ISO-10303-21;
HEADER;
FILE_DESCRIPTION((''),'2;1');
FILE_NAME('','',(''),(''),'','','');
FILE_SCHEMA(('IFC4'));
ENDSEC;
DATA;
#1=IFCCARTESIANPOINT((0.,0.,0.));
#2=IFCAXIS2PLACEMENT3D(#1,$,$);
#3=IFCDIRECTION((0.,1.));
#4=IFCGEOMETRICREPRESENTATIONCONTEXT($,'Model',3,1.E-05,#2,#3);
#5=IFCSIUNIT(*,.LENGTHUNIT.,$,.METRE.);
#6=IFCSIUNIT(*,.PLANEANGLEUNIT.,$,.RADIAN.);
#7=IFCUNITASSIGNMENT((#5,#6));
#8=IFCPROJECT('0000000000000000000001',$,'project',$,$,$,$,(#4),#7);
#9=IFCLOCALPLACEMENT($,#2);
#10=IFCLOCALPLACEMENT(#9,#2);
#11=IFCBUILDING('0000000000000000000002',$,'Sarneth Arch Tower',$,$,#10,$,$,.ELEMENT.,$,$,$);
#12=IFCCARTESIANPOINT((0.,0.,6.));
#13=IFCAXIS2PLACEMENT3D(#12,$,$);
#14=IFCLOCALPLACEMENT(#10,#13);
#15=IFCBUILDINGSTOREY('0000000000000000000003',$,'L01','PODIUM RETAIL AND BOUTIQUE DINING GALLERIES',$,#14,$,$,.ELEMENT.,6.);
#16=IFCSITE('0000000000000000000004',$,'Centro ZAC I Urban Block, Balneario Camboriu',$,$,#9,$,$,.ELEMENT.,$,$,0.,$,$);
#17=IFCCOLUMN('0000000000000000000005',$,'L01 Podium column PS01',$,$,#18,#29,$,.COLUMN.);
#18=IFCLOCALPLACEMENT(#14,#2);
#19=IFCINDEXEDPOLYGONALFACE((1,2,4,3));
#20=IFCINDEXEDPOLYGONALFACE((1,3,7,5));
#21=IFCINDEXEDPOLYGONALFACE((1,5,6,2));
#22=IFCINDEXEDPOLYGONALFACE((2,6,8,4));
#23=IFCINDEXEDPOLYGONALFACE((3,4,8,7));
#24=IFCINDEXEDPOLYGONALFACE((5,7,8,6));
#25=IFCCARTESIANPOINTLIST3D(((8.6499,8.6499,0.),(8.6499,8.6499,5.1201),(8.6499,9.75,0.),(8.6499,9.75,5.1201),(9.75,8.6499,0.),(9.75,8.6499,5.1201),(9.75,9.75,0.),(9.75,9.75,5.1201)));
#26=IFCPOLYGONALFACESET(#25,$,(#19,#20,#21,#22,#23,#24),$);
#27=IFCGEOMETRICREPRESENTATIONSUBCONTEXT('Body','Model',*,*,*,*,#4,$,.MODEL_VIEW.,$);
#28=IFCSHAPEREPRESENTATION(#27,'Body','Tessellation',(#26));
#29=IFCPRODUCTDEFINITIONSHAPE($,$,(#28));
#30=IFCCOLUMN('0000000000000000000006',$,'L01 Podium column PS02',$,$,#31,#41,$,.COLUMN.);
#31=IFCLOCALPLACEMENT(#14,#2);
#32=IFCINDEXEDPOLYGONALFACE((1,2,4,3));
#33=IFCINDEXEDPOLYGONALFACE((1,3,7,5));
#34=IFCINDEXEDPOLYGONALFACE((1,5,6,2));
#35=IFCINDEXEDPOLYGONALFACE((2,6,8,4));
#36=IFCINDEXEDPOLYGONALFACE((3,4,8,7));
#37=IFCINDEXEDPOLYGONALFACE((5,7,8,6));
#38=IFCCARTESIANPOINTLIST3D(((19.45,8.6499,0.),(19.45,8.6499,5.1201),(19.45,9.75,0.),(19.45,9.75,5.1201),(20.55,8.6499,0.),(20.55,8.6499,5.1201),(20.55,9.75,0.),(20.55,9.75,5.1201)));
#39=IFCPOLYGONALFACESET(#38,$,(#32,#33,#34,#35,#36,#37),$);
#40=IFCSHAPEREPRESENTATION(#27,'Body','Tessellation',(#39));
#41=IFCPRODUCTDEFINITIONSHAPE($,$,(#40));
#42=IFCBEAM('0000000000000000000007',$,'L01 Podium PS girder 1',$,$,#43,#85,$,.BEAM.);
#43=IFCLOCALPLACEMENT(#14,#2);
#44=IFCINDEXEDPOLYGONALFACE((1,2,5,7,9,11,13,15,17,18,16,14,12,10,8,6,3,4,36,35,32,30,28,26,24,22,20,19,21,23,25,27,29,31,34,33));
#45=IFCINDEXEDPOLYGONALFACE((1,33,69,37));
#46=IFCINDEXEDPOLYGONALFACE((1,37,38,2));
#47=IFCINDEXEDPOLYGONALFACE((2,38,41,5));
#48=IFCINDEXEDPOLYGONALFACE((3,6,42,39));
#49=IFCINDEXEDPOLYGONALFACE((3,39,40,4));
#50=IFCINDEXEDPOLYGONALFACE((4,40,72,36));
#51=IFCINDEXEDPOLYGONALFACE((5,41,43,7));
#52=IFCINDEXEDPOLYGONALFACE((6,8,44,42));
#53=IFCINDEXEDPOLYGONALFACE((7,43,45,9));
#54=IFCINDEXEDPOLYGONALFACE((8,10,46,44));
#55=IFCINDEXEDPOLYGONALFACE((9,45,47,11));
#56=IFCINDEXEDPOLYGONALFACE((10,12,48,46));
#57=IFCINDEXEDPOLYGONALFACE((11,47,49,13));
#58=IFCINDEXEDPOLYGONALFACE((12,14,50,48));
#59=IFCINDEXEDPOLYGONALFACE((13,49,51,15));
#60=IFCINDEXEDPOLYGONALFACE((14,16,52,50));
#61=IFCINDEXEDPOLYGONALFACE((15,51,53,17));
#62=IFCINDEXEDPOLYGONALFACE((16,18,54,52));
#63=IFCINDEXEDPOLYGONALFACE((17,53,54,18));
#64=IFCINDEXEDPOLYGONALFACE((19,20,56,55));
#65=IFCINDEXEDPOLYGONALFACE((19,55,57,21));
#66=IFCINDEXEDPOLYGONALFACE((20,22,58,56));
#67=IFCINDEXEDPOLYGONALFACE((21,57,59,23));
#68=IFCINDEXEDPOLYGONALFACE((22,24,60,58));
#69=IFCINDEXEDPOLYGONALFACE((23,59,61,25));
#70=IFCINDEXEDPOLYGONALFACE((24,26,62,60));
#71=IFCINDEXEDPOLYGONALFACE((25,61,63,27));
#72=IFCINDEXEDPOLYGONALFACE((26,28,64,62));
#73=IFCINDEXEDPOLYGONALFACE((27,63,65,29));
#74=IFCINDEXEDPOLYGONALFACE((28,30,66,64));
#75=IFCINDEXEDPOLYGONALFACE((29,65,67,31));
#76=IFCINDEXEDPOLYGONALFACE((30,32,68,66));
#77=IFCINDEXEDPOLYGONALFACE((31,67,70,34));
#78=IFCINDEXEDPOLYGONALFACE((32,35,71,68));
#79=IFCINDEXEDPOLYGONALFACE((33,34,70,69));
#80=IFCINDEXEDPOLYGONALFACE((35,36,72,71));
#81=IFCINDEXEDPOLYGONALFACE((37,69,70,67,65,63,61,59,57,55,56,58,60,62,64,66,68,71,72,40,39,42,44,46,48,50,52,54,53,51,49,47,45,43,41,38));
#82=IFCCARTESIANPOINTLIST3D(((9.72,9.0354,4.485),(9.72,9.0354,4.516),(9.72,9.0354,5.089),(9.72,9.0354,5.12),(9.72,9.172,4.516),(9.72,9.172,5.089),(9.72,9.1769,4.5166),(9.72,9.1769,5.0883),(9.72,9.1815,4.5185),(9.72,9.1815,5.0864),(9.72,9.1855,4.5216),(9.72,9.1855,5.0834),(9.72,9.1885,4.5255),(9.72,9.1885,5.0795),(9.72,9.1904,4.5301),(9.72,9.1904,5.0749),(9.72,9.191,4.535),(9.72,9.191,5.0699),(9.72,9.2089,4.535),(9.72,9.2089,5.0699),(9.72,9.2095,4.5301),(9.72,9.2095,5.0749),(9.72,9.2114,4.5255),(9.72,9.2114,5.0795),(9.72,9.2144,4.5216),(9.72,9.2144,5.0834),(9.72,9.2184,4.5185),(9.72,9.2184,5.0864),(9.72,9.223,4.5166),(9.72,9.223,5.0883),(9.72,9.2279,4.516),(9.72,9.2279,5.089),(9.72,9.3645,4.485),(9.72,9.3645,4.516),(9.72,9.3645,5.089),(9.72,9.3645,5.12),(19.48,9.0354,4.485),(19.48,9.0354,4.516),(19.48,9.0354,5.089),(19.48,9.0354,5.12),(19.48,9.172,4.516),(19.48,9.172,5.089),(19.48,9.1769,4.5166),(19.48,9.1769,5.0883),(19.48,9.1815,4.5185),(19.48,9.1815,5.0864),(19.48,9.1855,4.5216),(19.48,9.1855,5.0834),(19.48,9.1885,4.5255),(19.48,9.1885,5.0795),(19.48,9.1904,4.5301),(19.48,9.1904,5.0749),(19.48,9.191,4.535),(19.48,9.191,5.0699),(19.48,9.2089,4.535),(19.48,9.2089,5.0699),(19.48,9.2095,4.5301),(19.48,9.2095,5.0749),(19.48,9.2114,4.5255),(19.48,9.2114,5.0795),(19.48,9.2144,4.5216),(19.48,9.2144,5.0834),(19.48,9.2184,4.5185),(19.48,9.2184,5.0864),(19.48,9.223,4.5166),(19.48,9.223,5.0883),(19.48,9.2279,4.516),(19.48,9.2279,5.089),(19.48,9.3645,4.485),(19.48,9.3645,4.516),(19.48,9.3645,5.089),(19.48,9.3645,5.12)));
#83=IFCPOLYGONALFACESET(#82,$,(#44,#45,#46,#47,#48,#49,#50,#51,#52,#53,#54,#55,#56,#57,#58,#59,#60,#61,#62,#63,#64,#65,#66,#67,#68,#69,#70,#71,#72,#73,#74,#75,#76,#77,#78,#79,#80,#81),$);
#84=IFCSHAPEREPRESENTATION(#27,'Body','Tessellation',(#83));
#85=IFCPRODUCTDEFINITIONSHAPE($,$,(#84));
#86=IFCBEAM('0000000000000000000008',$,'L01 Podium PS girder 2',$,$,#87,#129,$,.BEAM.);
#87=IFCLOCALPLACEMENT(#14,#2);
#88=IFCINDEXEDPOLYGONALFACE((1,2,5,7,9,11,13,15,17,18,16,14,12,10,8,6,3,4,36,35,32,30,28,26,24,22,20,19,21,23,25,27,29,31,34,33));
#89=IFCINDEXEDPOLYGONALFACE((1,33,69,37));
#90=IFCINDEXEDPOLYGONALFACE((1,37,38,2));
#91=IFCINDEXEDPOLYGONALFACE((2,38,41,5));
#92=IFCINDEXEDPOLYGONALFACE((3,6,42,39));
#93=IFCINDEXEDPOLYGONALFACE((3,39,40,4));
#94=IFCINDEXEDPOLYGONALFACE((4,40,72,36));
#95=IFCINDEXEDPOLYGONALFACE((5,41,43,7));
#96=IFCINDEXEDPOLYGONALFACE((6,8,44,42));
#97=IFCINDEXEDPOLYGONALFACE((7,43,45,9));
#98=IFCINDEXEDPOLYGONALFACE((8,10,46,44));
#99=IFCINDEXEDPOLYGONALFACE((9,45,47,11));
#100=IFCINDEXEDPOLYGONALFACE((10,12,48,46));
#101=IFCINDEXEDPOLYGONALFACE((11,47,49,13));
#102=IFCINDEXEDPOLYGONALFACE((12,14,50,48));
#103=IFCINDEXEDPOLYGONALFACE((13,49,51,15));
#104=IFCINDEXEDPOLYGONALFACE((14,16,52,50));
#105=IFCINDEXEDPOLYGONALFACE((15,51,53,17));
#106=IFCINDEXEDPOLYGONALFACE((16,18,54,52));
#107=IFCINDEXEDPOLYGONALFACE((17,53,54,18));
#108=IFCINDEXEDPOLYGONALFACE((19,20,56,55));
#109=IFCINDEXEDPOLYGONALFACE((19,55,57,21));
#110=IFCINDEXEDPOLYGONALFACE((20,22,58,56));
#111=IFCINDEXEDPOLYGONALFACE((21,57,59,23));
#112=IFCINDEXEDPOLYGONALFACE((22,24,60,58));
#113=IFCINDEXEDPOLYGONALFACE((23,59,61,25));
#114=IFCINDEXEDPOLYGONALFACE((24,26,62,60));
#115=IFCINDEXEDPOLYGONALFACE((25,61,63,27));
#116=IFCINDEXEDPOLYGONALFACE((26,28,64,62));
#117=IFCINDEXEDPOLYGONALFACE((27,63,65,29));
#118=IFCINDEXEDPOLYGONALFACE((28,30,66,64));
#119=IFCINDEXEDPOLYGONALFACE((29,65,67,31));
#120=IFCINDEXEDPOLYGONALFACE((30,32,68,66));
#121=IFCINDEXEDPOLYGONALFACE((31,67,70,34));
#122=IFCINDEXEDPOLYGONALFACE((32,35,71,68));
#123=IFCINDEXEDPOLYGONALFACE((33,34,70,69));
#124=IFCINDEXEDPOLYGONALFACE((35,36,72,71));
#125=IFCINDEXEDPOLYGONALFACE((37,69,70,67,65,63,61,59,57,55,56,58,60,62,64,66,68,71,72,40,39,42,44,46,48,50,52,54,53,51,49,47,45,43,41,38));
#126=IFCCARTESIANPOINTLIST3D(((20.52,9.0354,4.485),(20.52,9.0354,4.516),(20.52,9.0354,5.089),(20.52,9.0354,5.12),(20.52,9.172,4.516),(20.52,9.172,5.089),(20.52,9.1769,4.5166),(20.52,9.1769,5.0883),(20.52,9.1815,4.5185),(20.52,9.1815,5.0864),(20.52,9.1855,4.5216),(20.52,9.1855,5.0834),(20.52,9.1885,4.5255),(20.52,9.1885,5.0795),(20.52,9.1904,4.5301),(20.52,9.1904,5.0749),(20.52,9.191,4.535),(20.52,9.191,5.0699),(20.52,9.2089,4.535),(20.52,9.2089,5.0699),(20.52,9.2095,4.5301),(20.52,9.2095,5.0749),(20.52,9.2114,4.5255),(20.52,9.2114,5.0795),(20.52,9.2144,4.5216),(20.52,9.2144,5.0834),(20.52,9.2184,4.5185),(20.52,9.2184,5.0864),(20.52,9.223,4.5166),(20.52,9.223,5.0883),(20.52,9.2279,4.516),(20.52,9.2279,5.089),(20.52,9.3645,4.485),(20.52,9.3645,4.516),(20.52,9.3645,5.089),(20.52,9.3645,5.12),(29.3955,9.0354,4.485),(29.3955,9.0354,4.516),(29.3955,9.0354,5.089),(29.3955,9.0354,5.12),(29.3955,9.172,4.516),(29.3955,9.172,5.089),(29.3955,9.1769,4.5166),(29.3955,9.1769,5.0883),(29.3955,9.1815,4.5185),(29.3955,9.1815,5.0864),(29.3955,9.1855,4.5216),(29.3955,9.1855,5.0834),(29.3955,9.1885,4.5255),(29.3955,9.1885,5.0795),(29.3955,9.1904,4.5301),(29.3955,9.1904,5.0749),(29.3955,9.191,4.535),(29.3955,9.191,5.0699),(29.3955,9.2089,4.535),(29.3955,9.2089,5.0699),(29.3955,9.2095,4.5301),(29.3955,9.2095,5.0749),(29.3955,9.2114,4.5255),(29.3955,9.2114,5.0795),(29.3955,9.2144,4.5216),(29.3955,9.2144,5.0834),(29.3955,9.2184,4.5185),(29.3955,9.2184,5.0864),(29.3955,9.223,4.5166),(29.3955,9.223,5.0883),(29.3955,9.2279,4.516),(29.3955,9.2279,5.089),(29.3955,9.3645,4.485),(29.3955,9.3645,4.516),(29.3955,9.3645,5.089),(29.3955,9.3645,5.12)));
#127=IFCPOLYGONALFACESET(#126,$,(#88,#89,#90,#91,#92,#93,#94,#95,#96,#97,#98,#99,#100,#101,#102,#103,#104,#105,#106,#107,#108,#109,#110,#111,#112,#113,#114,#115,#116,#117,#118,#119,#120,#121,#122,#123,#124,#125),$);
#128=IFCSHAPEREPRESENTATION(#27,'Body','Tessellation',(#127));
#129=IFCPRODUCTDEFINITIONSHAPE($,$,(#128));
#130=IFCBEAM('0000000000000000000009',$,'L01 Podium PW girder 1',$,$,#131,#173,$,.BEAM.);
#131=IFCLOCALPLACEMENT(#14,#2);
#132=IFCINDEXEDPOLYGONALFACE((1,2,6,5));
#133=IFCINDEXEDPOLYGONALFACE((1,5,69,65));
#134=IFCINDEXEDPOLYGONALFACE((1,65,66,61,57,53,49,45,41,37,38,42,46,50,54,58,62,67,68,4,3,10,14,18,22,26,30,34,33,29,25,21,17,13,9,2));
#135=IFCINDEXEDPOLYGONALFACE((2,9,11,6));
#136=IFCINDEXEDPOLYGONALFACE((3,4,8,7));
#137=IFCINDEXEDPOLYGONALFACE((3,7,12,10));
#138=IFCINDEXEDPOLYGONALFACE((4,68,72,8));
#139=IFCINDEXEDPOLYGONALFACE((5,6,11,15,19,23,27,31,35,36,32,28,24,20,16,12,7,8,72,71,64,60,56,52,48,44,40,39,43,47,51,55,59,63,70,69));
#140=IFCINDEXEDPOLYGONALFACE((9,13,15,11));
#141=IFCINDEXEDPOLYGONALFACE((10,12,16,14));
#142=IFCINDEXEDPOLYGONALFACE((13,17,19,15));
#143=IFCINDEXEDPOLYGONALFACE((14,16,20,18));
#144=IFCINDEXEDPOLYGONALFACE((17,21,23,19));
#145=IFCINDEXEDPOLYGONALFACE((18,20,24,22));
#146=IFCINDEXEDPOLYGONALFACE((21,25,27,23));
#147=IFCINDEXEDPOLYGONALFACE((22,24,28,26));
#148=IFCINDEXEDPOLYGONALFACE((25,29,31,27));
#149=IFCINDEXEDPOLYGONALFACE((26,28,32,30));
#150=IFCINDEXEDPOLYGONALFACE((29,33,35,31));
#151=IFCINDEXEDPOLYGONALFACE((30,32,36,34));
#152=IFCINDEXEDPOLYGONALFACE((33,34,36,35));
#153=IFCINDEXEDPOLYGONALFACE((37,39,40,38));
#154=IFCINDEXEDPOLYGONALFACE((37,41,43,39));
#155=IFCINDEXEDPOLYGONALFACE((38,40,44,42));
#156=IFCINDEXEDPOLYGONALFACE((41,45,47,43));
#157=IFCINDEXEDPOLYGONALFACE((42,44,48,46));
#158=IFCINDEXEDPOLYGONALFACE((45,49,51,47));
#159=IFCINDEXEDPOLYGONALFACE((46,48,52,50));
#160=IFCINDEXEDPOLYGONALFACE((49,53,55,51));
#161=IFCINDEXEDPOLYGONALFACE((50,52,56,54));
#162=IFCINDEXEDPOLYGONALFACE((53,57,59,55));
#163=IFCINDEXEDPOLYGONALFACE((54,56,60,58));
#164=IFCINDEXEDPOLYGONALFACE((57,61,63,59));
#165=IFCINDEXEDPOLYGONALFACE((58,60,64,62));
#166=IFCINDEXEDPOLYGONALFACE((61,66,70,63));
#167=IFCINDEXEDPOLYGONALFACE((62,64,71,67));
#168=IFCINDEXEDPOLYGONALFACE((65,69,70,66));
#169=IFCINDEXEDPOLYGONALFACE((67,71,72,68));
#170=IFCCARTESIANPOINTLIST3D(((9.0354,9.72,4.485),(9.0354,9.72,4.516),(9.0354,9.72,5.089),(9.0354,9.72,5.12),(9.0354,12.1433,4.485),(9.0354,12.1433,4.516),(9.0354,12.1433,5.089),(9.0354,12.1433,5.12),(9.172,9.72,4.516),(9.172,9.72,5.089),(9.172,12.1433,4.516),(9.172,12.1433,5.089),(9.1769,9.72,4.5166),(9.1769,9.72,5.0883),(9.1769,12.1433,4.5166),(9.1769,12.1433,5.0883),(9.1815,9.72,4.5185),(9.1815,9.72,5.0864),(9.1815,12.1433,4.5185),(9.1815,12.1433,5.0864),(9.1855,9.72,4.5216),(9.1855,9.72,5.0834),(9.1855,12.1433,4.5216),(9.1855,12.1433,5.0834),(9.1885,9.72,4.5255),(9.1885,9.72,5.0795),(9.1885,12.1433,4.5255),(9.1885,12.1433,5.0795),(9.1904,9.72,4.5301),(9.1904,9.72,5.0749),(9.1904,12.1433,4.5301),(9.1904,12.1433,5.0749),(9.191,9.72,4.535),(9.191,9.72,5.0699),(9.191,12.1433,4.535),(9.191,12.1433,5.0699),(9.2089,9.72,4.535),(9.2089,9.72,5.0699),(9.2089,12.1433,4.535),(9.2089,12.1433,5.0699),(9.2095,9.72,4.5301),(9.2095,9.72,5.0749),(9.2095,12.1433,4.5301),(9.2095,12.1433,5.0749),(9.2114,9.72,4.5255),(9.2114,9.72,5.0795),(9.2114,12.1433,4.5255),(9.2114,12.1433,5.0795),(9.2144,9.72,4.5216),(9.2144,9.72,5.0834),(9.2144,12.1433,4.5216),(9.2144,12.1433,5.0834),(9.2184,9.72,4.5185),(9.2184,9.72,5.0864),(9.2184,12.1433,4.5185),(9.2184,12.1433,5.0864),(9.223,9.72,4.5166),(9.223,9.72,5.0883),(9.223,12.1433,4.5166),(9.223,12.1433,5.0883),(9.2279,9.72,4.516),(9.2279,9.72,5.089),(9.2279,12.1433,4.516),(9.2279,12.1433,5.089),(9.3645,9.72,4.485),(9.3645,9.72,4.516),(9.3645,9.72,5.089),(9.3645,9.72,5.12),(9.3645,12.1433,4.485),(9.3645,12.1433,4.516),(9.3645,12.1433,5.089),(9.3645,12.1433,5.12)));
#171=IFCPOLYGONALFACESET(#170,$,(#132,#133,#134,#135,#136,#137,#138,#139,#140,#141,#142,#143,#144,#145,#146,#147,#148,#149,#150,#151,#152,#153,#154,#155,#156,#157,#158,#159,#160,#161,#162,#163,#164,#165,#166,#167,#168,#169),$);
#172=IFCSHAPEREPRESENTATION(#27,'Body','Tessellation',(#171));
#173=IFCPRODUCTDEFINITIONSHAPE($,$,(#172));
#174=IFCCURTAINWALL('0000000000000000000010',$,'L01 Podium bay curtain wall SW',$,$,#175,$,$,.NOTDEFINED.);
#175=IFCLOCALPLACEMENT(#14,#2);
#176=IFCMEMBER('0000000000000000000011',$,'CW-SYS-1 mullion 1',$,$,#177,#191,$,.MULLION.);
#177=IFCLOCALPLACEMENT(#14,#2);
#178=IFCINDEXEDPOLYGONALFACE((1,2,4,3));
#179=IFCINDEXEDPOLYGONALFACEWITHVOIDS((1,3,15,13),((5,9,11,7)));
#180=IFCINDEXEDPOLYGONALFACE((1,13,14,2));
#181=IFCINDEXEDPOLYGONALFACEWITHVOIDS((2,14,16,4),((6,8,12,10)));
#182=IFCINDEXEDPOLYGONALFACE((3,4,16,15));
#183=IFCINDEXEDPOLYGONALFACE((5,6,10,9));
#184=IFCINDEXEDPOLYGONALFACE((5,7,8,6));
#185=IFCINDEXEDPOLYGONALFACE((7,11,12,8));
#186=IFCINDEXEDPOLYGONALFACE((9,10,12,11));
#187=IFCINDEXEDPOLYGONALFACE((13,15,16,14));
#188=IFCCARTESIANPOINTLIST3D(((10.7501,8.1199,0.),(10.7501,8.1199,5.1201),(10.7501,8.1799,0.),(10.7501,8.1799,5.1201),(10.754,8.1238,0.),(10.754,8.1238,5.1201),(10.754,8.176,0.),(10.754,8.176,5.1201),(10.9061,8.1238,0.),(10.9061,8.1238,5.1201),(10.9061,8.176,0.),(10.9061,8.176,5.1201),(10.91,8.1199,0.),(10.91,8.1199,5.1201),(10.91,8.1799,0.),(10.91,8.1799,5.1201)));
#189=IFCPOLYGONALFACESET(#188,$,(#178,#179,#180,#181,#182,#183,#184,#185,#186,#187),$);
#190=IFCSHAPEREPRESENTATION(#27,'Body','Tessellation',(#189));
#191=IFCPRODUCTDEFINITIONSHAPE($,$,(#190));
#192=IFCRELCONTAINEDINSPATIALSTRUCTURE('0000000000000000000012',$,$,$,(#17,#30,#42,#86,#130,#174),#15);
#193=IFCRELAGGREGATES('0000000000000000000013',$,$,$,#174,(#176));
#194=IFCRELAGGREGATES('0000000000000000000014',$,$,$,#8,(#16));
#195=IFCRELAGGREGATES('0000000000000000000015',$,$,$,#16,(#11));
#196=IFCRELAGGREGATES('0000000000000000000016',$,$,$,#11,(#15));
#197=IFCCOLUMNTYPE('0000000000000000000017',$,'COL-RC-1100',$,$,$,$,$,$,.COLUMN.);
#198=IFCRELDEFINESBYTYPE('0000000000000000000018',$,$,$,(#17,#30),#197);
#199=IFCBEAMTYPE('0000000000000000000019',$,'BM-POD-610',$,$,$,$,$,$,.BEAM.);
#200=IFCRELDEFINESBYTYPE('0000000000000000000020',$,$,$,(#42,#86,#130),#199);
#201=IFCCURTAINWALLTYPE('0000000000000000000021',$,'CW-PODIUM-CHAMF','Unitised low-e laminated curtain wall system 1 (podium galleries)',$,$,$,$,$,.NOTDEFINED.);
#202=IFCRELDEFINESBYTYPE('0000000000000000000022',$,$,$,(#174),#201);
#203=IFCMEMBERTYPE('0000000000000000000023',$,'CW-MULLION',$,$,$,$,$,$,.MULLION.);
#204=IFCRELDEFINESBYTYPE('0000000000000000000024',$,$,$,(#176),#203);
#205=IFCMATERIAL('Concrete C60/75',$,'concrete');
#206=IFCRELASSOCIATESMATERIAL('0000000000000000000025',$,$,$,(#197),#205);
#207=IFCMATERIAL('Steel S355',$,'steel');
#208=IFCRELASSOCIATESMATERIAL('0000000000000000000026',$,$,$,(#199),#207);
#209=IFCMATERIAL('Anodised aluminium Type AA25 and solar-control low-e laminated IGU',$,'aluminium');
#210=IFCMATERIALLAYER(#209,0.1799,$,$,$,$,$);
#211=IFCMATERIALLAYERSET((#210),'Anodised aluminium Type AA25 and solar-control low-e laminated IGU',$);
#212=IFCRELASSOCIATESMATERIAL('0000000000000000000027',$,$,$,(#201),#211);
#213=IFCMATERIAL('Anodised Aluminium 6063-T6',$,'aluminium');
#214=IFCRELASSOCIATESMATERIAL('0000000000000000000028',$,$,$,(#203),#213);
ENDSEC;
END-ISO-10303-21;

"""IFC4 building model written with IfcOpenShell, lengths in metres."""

from ifc_helpers import new_model, si_unit, direction, frame, origin, origin_2d, place, context, subcontext, project, spatial, rectangle, hollow_rectangle, i_section, extrude, material, layer, layer_set, material_profile, profile_set, type_object, element, aggregate, save


model = new_model("IFC4")

# Units and contexts
model_context = context("Model", 3, precision=1e-05, world=origin(), true_north=direction((0.0, 1.0)))
body_context = subcontext(model_context, "Body", "Model", "MODEL_VIEW")
ifc_project = project(units=[si_unit("LENGTHUNIT", "METRE"), si_unit("PLANEANGLEUNIT", "RADIAN")], contexts=[model_context])

# Site, building, storey
site_placement = place(None, origin())
site = spatial("IfcSite", under=ifc_project, at=site_placement, Name="Centro ZAC I Urban Block, Balneario Camboriu", CompositionType="ELEMENT", RefElevation=0.0)
building_placement = place(site_placement, origin())
building = spatial("IfcBuilding", under=site, at=building_placement, Name="Sarneth Arch Tower", CompositionType="ELEMENT")
storey_placement = place(building_placement, frame((0.0, 0.0, 6.0)))
storey = spatial("IfcBuildingStorey", under=building, at=storey_placement, Name="L01", Description="PODIUM RETAIL AND BOUTIQUE DINING GALLERIES", CompositionType="ELEMENT", Elevation=6.0)

# Columns
ifc_material_1 = material(Name="Concrete C60/75", Category="concrete")
ifc_material_profile_1 = material_profile(ifc_material_1, rectangle(XDim=1.1001, YDim=1.1001, at=origin_2d()), Name="RC-1100x1100")
ifc_profile_set_1 = profile_set([ifc_material_profile_1], Name="Concrete C60/75")
column_type = type_object("IfcColumnType", Name="COL-RC-1100", PredefinedType="COLUMN", material=ifc_profile_set_1)
for number, where, z_axis, x_axis, name in (
    (1, (9.2, 9.2, 0.0), (0.0, 0.0, 1.0), (1.0, 0.0, 0.0), "L01 Podium column PS01"),
    (2, (20.0, 9.2, 0.0), (0.0, 0.0, 1.0), (1.0, 0.0, 0.0), "L01 Podium column PS02"),
):
    element("IfcColumn", number, at=place(storey_placement, frame(where, z_axis=z_axis, x_axis=x_axis)), inside=storey, type_object=column_type, Name=name, PredefinedType="COLUMN", context=body_context, shape_type="SweptSolid", body=[
        extrude(rectangle(XDim=1.1001, YDim=1.1001, at=origin_2d()), origin(), (0.0, 0.0, 1.0), 5.1201),
    ])

# Beams
ifc_material_2 = material(Name="Steel S355", Category="steel")
ifc_material_profile_2 = material_profile(ifc_material_2, i_section(OverallWidth=0.3291, OverallDepth=0.635, WebThickness=0.0178, FlangeThickness=0.031, FilletRadius=0.019, at=origin_2d()), Name="W610x241")
ifc_profile_set_2 = profile_set([ifc_material_profile_2], Name="Steel S355")
beam_type = type_object("IfcBeamType", Name="BM-POD-610", PredefinedType="BEAM", material=ifc_profile_set_2)
beam_1_placement = place(storey_placement, frame((9.72, 9.2, 4.8025), z_axis=(1.0, 0.0, 0.0), x_axis=(0.0, 1.0, 0.0)))
element("IfcBeam", 3, at=beam_1_placement, inside=storey, type_object=beam_type, Name="L01 Podium PS girder 1", PredefinedType="BEAM", context=body_context, shape_type="SweptSolid", body=[
    extrude(i_section(OverallWidth=0.3291, OverallDepth=0.635, WebThickness=0.0178, FlangeThickness=0.031, FilletRadius=0.019, at=origin_2d()), origin(), (0.0, 0.0, 1.0), 9.76),
])
beam_2_placement = place(storey_placement, frame((20.52, 9.2, 4.8025), z_axis=(1.0, 0.0, 0.0), x_axis=(0.0, 1.0, 0.0)))
element("IfcBeam", 4, at=beam_2_placement, inside=storey, type_object=beam_type, Name="L01 Podium PS girder 2", PredefinedType="BEAM", context=body_context, shape_type="SweptSolid", body=[
    extrude(i_section(OverallWidth=0.3291, OverallDepth=0.635, WebThickness=0.0178, FlangeThickness=0.031, FilletRadius=0.019, at=origin_2d()), origin(), (0.0, 0.0, 1.0), 8.8755),
])
beam_3_placement = place(storey_placement, frame((9.2, 9.72, 4.8025), z_axis=(0.0, 1.0, 0.0), x_axis=(-1.0, 0.0, 0.0)))
element("IfcBeam", 5, at=beam_3_placement, inside=storey, type_object=beam_type, Name="L01 Podium PW girder 1", PredefinedType="BEAM", context=body_context, shape_type="SweptSolid", body=[
    extrude(i_section(OverallWidth=0.3291, OverallDepth=0.635, WebThickness=0.0178, FlangeThickness=0.031, FilletRadius=0.019, at=origin_2d()), origin(), (0.0, 0.0, 1.0), 2.4233),
])

# Curtain wall, member
ifc_material_3 = material(Name="Anodised aluminium Type AA25 and solar-control low-e laminated IGU", Category="aluminium")
ifc_layer_1 = layer(ifc_material_3, 0.1799)
ifc_layer_set_1 = layer_set([ifc_layer_1], Name="Anodised aluminium Type AA25 and solar-control low-e laminated IGU")
curtain_wall_type = type_object("IfcCurtainWallType", Name="CW-PODIUM-CHAMF", Description="Unitised low-e laminated curtain wall system 1 (podium galleries)", PredefinedType="NOTDEFINED", material=ifc_layer_set_1)
curtain_wall_placement = place(storey_placement, origin())
curtain_wall = element("IfcCurtainWall", 6, at=curtain_wall_placement, inside=storey, type_object=curtain_wall_type, Name="L01 Podium bay curtain wall SW", PredefinedType="NOTDEFINED")
ifc_material_4 = material(Name="Anodised Aluminium 6063-T6", Category="aluminium")
ifc_material_profile_3 = material_profile(ifc_material_4, hollow_rectangle(XDim=0.0601, YDim=0.1599, WallThickness=0.0039, at=origin_2d()), Name="AL-MULL-160x60x4")
ifc_profile_set_3 = profile_set([ifc_material_profile_3], Name="Anodised Aluminium 6063-T6")
member_type_1 = type_object("IfcMemberType", Name="CW-MULLION", PredefinedType="MULLION", material=ifc_profile_set_3)
member_1_placement = place(storey_placement, frame((10.8301, 8.1499, 0.0), z_axis=(0.0, 0.0, 1.0), x_axis=(0.0, 1.0, 0.0)))
member_1 = element("IfcMember", 7, at=member_1_placement, type_object=member_type_1, Name="CW-SYS-1 mullion 1", PredefinedType="MULLION", context=body_context, shape_type="SweptSolid", body=[
    extrude(hollow_rectangle(XDim=0.0601, YDim=0.1599, WallThickness=0.0039, at=origin_2d()), origin(), (0.0, 0.0, 1.0), 5.1201),
])
aggregate(curtain_wall, [member_1])

save(model, "model.ifc")
